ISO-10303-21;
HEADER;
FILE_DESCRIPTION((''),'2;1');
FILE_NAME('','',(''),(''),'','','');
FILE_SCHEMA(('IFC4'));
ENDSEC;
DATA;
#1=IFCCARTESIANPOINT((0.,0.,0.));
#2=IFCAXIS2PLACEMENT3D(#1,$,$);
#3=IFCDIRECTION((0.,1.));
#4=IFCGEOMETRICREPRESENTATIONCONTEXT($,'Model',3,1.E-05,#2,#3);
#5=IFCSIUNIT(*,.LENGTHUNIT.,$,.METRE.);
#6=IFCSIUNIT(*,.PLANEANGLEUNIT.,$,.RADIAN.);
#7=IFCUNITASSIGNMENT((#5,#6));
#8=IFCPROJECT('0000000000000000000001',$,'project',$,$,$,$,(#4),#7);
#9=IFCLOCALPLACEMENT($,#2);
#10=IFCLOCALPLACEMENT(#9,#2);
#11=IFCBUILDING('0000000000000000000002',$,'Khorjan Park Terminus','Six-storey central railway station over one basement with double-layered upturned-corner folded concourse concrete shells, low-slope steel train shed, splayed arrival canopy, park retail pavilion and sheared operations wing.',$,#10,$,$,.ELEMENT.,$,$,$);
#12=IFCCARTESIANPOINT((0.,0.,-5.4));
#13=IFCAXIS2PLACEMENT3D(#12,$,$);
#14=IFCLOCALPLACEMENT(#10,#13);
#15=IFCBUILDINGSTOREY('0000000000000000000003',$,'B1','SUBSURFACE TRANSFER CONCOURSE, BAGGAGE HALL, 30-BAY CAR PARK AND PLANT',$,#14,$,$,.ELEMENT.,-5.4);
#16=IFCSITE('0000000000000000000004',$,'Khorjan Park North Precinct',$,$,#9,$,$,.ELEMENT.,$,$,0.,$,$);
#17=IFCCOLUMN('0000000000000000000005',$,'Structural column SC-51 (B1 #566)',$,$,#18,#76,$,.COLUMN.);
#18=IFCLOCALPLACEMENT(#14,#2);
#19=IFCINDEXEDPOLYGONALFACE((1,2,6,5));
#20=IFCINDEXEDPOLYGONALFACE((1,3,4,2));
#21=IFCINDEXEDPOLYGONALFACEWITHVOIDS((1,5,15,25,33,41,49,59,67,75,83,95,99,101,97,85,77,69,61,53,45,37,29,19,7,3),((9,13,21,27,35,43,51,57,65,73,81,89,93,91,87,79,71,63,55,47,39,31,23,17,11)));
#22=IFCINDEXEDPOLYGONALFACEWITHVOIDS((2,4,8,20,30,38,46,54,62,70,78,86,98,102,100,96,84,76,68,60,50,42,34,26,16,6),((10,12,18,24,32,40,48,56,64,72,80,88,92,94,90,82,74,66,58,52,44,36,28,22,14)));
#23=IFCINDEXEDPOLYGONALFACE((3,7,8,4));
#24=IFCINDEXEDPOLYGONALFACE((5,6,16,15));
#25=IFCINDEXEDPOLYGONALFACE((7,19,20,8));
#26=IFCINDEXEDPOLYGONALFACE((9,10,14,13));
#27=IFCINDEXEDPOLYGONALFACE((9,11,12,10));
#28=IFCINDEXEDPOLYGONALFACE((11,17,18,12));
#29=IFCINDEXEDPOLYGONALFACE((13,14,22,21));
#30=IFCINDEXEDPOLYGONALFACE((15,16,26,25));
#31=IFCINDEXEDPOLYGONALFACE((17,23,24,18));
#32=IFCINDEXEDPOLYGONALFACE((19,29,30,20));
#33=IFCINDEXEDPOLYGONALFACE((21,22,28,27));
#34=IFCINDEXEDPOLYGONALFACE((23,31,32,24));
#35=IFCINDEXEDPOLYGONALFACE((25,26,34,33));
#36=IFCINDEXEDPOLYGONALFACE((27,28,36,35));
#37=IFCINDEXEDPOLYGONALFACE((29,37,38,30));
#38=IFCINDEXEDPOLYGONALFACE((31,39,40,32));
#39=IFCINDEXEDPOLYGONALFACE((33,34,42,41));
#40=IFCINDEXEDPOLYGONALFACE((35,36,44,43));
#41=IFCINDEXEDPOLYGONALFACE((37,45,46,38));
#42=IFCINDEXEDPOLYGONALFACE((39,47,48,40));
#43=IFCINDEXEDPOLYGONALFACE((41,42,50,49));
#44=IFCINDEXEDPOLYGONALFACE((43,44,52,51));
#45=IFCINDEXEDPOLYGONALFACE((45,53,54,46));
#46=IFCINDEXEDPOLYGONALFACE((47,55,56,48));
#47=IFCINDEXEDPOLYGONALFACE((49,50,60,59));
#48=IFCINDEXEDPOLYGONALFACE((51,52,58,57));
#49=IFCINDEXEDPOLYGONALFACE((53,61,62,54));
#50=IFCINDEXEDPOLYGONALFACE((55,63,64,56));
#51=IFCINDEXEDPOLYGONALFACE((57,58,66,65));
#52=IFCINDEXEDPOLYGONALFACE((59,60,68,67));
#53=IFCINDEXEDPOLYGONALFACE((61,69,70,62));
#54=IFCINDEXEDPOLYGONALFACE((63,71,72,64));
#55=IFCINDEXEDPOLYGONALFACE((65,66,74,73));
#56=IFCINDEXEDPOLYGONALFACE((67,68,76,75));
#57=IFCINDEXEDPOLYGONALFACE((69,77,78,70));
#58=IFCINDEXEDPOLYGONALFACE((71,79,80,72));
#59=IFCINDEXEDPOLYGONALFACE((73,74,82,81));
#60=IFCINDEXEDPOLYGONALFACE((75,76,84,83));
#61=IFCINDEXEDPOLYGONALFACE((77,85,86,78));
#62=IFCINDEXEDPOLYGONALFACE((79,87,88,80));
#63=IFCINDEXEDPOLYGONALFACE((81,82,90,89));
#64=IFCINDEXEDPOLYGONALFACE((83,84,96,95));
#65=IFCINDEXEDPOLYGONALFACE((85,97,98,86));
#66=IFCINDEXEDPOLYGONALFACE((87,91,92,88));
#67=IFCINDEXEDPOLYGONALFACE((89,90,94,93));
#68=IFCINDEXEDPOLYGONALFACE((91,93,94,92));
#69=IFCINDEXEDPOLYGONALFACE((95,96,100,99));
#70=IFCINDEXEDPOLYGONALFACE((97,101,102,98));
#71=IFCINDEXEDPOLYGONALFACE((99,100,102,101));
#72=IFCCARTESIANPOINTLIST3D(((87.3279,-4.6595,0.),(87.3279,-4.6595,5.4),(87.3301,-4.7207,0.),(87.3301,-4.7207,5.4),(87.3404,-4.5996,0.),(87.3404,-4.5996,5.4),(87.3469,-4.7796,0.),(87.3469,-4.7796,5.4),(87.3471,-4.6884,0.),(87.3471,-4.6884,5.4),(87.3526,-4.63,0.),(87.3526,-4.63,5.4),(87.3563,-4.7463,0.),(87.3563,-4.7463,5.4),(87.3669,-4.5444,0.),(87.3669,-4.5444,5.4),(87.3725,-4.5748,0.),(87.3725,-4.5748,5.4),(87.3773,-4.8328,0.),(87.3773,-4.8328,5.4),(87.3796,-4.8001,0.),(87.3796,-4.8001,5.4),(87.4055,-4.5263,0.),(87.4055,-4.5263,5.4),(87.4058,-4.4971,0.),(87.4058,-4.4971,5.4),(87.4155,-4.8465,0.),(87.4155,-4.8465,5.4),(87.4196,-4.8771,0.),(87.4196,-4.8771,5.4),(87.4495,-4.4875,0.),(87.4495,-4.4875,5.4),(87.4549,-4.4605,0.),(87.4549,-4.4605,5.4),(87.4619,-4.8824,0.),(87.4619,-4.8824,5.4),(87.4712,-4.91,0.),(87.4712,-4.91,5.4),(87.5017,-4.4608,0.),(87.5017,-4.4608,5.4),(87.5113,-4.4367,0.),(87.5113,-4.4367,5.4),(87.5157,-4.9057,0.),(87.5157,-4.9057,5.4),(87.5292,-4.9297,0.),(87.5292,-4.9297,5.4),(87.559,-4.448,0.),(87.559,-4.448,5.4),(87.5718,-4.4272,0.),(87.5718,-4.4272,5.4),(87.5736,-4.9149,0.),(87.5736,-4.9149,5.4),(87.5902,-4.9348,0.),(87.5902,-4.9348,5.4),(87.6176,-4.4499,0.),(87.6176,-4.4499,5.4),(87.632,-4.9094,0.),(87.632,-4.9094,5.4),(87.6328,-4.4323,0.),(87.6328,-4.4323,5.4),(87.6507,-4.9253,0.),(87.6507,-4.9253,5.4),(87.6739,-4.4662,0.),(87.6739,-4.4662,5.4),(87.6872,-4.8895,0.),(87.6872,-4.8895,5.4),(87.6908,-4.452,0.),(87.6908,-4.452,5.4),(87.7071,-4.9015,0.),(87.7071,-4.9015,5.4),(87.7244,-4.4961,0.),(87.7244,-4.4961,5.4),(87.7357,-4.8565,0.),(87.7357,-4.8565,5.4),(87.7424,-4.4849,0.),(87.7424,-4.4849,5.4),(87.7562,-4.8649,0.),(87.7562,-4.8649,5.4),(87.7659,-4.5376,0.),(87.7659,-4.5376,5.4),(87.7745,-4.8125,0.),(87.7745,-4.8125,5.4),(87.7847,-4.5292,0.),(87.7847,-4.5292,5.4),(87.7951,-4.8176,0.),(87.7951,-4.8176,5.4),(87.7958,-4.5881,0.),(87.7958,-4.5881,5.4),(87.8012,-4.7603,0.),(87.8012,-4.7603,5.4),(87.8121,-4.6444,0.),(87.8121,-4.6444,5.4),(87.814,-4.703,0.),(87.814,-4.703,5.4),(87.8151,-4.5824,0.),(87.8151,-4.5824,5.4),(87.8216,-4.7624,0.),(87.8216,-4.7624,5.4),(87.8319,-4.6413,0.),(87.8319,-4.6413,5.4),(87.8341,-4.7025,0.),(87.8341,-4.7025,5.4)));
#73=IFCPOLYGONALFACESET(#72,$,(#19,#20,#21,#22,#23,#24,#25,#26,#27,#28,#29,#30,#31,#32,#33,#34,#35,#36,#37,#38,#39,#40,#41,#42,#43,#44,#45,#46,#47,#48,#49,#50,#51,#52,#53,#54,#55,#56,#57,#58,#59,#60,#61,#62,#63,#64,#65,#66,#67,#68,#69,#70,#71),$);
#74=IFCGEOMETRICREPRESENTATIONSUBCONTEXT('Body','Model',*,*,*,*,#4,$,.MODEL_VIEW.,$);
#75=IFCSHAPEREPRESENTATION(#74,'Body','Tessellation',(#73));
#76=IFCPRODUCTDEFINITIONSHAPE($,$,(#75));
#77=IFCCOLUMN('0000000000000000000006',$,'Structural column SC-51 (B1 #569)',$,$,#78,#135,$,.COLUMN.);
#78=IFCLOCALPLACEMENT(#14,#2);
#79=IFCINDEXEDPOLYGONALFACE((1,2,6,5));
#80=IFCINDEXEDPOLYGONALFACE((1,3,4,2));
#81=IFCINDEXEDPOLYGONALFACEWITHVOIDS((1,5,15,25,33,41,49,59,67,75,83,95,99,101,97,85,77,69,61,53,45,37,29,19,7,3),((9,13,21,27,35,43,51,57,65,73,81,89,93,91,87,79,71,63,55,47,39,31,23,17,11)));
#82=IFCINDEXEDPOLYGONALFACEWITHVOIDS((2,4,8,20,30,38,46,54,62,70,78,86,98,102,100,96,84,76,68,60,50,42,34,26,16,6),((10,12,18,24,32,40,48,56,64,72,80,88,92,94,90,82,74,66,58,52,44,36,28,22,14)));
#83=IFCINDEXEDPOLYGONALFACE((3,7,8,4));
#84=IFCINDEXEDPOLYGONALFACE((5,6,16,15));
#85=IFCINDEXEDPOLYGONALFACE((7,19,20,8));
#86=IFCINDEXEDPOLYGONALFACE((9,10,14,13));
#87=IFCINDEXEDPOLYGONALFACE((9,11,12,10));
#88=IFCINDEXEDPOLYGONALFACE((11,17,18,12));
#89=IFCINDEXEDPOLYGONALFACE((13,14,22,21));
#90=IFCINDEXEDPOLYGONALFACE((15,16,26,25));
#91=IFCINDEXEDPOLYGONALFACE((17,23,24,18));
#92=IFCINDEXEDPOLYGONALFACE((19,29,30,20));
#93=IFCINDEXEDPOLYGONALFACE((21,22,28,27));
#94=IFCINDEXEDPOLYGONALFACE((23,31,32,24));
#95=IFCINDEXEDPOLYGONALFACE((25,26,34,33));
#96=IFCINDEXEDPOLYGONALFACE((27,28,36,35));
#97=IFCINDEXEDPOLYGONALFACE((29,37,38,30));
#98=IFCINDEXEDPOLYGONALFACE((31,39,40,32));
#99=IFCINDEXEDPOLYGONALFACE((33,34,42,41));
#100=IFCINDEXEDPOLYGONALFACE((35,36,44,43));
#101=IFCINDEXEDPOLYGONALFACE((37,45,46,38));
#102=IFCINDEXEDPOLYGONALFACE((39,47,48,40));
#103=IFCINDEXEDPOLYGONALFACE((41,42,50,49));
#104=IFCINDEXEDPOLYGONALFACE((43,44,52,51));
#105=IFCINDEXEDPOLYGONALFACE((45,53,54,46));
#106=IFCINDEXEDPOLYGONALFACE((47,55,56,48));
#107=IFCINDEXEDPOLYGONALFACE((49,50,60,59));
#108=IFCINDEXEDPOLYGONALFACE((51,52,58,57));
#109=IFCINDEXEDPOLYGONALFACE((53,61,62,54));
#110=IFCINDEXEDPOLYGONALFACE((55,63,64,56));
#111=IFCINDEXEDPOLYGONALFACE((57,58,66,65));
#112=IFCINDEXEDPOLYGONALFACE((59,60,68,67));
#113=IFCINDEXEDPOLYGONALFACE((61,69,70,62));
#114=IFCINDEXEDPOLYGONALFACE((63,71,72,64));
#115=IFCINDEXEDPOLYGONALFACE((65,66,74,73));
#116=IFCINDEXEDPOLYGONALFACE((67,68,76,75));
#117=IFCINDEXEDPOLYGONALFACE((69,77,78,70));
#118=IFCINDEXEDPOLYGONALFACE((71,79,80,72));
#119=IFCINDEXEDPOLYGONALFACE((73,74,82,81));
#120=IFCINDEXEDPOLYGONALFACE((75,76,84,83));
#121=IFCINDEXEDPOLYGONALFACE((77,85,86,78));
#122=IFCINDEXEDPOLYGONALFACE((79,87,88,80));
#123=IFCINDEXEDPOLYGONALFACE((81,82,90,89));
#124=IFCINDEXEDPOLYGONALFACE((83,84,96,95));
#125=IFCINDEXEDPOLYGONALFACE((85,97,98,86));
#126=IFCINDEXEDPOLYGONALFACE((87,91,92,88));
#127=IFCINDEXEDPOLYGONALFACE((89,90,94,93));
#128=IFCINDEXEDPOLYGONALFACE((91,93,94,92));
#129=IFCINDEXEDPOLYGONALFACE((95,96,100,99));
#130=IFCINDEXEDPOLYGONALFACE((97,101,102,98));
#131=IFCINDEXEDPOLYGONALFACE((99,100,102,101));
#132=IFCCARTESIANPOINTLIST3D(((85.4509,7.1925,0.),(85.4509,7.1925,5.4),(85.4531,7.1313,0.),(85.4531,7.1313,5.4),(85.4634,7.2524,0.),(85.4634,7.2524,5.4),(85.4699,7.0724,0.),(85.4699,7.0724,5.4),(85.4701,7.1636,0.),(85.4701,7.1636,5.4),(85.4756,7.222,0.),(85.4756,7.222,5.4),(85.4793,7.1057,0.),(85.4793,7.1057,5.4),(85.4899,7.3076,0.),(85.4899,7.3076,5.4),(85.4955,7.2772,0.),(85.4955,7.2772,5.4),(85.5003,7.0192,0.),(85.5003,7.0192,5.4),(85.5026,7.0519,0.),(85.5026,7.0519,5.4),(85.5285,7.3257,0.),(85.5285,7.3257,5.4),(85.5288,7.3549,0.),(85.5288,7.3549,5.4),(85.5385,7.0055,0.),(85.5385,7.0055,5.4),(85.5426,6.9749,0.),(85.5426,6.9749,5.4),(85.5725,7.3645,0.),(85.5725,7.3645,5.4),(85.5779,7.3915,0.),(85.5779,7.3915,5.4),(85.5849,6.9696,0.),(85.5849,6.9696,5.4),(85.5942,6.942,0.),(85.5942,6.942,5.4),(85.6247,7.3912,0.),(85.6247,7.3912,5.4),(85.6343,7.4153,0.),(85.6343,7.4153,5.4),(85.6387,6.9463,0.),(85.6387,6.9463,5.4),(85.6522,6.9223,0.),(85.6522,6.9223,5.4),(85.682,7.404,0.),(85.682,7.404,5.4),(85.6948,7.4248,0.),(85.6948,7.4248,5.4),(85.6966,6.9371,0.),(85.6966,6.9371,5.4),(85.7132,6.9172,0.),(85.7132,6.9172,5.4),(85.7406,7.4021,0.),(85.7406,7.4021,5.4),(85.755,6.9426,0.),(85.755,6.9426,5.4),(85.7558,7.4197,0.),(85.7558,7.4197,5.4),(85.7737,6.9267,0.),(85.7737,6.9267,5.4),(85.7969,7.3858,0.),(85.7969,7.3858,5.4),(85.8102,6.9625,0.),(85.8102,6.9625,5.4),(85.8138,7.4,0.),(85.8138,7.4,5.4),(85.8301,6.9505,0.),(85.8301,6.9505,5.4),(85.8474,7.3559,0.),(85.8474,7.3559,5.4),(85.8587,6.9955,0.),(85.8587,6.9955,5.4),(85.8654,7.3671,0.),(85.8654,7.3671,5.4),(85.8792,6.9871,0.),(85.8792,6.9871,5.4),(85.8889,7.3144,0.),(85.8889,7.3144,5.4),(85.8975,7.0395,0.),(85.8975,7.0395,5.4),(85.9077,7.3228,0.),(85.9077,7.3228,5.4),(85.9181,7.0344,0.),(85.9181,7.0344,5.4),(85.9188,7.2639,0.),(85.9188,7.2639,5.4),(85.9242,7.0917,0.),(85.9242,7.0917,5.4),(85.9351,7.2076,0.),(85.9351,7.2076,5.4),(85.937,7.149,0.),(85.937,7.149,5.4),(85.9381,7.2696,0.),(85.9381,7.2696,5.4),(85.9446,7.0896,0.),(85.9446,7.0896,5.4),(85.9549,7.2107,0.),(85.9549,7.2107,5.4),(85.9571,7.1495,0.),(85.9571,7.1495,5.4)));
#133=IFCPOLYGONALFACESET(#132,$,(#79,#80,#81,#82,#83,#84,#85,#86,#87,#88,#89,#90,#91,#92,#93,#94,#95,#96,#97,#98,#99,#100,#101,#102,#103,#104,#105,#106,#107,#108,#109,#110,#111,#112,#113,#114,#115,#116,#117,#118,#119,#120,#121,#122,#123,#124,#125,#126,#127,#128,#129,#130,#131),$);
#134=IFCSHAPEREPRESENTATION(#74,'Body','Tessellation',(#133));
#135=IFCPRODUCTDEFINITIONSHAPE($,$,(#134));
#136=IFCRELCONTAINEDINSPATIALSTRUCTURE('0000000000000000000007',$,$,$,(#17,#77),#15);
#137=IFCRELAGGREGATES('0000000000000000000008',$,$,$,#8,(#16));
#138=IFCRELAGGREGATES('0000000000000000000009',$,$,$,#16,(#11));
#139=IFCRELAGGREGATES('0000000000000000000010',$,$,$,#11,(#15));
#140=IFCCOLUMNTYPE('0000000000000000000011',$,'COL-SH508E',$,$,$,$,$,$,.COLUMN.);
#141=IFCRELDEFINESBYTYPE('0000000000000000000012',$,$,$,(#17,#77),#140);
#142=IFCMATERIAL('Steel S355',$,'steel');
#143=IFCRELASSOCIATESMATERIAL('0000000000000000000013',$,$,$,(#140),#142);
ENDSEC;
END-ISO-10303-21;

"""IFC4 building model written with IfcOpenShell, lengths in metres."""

from ifc_helpers import new_model, si_unit, direction, frame, origin, origin_2d, place, context, subcontext, project, spatial, hollow_circle, extrude, material, material_profile, profile_set, type_object, element, save


model = new_model("IFC4")

# Units and contexts
model_context = context("Model", 3, precision=1e-05, world=origin(), true_north=direction((0.0, 1.0)))
body_context = subcontext(model_context, "Body", "Model", "MODEL_VIEW")
ifc_project = project(units=[si_unit("LENGTHUNIT", "METRE"), si_unit("PLANEANGLEUNIT", "RADIAN")], contexts=[model_context])

# Site, building, storey
site_placement = place(None, origin())
site = spatial("IfcSite", under=ifc_project, at=site_placement, Name="Khorjan Park North Precinct", CompositionType="ELEMENT", RefElevation=0.0)
building_placement = place(site_placement, origin())
building = spatial("IfcBuilding", under=site, at=building_placement, Name="Khorjan Park Terminus", Description="Six-storey central railway station over one basement with double-layered upturned-corner folded concourse concrete shells, low-slope steel train shed, splayed arrival canopy, park retail pavilion and sheared operations wing.", CompositionType="ELEMENT")
storey_placement = place(building_placement, frame((0.0, 0.0, -5.4)))
storey = spatial("IfcBuildingStorey", under=building, at=storey_placement, Name="B1", Description="SUBSURFACE TRANSFER CONCOURSE, BAGGAGE HALL, 30-BAY CAR PARK AND PLANT", CompositionType="ELEMENT", Elevation=-5.4)

# Columns
ifc_material_1 = material(Name="Steel S355", Category="steel")
ifc_material_profile_1 = material_profile(ifc_material_1, hollow_circle(Radius=0.254, WallThickness=0.02, at=origin_2d()), Name="CHS 508x20")
ifc_profile_set_1 = profile_set([ifc_material_profile_1], Name="Steel S355")
column_type_1 = type_object("IfcColumnType", Name="COL-SH508E", PredefinedType="COLUMN", material=ifc_profile_set_1)
for number, where, z_axis, x_axis, name in (
    (1, (87.581, -4.681, 0.0), (0.0, 0.0, 1.0), (0.987688, 0.156434, 0.0), "Structural column SC-51 (B1 #566)"),
    (2, (85.704, 7.171, 0.0), (0.0, 0.0, 1.0), (0.987688, 0.156434, 0.0), "Structural column SC-51 (B1 #569)"),
):
    element("IfcColumn", number, at=place(storey_placement, frame(where, z_axis=z_axis, x_axis=x_axis)), inside=storey, type_object=column_type_1, Name=name, PredefinedType="COLUMN", context=body_context, shape_type="SweptSolid", body=[
        extrude(hollow_circle(Radius=0.254, WallThickness=0.02, at=origin_2d()), origin(), (0.0, 0.0, 1.0), 5.4),
    ])

save(model, "model.ifc")
